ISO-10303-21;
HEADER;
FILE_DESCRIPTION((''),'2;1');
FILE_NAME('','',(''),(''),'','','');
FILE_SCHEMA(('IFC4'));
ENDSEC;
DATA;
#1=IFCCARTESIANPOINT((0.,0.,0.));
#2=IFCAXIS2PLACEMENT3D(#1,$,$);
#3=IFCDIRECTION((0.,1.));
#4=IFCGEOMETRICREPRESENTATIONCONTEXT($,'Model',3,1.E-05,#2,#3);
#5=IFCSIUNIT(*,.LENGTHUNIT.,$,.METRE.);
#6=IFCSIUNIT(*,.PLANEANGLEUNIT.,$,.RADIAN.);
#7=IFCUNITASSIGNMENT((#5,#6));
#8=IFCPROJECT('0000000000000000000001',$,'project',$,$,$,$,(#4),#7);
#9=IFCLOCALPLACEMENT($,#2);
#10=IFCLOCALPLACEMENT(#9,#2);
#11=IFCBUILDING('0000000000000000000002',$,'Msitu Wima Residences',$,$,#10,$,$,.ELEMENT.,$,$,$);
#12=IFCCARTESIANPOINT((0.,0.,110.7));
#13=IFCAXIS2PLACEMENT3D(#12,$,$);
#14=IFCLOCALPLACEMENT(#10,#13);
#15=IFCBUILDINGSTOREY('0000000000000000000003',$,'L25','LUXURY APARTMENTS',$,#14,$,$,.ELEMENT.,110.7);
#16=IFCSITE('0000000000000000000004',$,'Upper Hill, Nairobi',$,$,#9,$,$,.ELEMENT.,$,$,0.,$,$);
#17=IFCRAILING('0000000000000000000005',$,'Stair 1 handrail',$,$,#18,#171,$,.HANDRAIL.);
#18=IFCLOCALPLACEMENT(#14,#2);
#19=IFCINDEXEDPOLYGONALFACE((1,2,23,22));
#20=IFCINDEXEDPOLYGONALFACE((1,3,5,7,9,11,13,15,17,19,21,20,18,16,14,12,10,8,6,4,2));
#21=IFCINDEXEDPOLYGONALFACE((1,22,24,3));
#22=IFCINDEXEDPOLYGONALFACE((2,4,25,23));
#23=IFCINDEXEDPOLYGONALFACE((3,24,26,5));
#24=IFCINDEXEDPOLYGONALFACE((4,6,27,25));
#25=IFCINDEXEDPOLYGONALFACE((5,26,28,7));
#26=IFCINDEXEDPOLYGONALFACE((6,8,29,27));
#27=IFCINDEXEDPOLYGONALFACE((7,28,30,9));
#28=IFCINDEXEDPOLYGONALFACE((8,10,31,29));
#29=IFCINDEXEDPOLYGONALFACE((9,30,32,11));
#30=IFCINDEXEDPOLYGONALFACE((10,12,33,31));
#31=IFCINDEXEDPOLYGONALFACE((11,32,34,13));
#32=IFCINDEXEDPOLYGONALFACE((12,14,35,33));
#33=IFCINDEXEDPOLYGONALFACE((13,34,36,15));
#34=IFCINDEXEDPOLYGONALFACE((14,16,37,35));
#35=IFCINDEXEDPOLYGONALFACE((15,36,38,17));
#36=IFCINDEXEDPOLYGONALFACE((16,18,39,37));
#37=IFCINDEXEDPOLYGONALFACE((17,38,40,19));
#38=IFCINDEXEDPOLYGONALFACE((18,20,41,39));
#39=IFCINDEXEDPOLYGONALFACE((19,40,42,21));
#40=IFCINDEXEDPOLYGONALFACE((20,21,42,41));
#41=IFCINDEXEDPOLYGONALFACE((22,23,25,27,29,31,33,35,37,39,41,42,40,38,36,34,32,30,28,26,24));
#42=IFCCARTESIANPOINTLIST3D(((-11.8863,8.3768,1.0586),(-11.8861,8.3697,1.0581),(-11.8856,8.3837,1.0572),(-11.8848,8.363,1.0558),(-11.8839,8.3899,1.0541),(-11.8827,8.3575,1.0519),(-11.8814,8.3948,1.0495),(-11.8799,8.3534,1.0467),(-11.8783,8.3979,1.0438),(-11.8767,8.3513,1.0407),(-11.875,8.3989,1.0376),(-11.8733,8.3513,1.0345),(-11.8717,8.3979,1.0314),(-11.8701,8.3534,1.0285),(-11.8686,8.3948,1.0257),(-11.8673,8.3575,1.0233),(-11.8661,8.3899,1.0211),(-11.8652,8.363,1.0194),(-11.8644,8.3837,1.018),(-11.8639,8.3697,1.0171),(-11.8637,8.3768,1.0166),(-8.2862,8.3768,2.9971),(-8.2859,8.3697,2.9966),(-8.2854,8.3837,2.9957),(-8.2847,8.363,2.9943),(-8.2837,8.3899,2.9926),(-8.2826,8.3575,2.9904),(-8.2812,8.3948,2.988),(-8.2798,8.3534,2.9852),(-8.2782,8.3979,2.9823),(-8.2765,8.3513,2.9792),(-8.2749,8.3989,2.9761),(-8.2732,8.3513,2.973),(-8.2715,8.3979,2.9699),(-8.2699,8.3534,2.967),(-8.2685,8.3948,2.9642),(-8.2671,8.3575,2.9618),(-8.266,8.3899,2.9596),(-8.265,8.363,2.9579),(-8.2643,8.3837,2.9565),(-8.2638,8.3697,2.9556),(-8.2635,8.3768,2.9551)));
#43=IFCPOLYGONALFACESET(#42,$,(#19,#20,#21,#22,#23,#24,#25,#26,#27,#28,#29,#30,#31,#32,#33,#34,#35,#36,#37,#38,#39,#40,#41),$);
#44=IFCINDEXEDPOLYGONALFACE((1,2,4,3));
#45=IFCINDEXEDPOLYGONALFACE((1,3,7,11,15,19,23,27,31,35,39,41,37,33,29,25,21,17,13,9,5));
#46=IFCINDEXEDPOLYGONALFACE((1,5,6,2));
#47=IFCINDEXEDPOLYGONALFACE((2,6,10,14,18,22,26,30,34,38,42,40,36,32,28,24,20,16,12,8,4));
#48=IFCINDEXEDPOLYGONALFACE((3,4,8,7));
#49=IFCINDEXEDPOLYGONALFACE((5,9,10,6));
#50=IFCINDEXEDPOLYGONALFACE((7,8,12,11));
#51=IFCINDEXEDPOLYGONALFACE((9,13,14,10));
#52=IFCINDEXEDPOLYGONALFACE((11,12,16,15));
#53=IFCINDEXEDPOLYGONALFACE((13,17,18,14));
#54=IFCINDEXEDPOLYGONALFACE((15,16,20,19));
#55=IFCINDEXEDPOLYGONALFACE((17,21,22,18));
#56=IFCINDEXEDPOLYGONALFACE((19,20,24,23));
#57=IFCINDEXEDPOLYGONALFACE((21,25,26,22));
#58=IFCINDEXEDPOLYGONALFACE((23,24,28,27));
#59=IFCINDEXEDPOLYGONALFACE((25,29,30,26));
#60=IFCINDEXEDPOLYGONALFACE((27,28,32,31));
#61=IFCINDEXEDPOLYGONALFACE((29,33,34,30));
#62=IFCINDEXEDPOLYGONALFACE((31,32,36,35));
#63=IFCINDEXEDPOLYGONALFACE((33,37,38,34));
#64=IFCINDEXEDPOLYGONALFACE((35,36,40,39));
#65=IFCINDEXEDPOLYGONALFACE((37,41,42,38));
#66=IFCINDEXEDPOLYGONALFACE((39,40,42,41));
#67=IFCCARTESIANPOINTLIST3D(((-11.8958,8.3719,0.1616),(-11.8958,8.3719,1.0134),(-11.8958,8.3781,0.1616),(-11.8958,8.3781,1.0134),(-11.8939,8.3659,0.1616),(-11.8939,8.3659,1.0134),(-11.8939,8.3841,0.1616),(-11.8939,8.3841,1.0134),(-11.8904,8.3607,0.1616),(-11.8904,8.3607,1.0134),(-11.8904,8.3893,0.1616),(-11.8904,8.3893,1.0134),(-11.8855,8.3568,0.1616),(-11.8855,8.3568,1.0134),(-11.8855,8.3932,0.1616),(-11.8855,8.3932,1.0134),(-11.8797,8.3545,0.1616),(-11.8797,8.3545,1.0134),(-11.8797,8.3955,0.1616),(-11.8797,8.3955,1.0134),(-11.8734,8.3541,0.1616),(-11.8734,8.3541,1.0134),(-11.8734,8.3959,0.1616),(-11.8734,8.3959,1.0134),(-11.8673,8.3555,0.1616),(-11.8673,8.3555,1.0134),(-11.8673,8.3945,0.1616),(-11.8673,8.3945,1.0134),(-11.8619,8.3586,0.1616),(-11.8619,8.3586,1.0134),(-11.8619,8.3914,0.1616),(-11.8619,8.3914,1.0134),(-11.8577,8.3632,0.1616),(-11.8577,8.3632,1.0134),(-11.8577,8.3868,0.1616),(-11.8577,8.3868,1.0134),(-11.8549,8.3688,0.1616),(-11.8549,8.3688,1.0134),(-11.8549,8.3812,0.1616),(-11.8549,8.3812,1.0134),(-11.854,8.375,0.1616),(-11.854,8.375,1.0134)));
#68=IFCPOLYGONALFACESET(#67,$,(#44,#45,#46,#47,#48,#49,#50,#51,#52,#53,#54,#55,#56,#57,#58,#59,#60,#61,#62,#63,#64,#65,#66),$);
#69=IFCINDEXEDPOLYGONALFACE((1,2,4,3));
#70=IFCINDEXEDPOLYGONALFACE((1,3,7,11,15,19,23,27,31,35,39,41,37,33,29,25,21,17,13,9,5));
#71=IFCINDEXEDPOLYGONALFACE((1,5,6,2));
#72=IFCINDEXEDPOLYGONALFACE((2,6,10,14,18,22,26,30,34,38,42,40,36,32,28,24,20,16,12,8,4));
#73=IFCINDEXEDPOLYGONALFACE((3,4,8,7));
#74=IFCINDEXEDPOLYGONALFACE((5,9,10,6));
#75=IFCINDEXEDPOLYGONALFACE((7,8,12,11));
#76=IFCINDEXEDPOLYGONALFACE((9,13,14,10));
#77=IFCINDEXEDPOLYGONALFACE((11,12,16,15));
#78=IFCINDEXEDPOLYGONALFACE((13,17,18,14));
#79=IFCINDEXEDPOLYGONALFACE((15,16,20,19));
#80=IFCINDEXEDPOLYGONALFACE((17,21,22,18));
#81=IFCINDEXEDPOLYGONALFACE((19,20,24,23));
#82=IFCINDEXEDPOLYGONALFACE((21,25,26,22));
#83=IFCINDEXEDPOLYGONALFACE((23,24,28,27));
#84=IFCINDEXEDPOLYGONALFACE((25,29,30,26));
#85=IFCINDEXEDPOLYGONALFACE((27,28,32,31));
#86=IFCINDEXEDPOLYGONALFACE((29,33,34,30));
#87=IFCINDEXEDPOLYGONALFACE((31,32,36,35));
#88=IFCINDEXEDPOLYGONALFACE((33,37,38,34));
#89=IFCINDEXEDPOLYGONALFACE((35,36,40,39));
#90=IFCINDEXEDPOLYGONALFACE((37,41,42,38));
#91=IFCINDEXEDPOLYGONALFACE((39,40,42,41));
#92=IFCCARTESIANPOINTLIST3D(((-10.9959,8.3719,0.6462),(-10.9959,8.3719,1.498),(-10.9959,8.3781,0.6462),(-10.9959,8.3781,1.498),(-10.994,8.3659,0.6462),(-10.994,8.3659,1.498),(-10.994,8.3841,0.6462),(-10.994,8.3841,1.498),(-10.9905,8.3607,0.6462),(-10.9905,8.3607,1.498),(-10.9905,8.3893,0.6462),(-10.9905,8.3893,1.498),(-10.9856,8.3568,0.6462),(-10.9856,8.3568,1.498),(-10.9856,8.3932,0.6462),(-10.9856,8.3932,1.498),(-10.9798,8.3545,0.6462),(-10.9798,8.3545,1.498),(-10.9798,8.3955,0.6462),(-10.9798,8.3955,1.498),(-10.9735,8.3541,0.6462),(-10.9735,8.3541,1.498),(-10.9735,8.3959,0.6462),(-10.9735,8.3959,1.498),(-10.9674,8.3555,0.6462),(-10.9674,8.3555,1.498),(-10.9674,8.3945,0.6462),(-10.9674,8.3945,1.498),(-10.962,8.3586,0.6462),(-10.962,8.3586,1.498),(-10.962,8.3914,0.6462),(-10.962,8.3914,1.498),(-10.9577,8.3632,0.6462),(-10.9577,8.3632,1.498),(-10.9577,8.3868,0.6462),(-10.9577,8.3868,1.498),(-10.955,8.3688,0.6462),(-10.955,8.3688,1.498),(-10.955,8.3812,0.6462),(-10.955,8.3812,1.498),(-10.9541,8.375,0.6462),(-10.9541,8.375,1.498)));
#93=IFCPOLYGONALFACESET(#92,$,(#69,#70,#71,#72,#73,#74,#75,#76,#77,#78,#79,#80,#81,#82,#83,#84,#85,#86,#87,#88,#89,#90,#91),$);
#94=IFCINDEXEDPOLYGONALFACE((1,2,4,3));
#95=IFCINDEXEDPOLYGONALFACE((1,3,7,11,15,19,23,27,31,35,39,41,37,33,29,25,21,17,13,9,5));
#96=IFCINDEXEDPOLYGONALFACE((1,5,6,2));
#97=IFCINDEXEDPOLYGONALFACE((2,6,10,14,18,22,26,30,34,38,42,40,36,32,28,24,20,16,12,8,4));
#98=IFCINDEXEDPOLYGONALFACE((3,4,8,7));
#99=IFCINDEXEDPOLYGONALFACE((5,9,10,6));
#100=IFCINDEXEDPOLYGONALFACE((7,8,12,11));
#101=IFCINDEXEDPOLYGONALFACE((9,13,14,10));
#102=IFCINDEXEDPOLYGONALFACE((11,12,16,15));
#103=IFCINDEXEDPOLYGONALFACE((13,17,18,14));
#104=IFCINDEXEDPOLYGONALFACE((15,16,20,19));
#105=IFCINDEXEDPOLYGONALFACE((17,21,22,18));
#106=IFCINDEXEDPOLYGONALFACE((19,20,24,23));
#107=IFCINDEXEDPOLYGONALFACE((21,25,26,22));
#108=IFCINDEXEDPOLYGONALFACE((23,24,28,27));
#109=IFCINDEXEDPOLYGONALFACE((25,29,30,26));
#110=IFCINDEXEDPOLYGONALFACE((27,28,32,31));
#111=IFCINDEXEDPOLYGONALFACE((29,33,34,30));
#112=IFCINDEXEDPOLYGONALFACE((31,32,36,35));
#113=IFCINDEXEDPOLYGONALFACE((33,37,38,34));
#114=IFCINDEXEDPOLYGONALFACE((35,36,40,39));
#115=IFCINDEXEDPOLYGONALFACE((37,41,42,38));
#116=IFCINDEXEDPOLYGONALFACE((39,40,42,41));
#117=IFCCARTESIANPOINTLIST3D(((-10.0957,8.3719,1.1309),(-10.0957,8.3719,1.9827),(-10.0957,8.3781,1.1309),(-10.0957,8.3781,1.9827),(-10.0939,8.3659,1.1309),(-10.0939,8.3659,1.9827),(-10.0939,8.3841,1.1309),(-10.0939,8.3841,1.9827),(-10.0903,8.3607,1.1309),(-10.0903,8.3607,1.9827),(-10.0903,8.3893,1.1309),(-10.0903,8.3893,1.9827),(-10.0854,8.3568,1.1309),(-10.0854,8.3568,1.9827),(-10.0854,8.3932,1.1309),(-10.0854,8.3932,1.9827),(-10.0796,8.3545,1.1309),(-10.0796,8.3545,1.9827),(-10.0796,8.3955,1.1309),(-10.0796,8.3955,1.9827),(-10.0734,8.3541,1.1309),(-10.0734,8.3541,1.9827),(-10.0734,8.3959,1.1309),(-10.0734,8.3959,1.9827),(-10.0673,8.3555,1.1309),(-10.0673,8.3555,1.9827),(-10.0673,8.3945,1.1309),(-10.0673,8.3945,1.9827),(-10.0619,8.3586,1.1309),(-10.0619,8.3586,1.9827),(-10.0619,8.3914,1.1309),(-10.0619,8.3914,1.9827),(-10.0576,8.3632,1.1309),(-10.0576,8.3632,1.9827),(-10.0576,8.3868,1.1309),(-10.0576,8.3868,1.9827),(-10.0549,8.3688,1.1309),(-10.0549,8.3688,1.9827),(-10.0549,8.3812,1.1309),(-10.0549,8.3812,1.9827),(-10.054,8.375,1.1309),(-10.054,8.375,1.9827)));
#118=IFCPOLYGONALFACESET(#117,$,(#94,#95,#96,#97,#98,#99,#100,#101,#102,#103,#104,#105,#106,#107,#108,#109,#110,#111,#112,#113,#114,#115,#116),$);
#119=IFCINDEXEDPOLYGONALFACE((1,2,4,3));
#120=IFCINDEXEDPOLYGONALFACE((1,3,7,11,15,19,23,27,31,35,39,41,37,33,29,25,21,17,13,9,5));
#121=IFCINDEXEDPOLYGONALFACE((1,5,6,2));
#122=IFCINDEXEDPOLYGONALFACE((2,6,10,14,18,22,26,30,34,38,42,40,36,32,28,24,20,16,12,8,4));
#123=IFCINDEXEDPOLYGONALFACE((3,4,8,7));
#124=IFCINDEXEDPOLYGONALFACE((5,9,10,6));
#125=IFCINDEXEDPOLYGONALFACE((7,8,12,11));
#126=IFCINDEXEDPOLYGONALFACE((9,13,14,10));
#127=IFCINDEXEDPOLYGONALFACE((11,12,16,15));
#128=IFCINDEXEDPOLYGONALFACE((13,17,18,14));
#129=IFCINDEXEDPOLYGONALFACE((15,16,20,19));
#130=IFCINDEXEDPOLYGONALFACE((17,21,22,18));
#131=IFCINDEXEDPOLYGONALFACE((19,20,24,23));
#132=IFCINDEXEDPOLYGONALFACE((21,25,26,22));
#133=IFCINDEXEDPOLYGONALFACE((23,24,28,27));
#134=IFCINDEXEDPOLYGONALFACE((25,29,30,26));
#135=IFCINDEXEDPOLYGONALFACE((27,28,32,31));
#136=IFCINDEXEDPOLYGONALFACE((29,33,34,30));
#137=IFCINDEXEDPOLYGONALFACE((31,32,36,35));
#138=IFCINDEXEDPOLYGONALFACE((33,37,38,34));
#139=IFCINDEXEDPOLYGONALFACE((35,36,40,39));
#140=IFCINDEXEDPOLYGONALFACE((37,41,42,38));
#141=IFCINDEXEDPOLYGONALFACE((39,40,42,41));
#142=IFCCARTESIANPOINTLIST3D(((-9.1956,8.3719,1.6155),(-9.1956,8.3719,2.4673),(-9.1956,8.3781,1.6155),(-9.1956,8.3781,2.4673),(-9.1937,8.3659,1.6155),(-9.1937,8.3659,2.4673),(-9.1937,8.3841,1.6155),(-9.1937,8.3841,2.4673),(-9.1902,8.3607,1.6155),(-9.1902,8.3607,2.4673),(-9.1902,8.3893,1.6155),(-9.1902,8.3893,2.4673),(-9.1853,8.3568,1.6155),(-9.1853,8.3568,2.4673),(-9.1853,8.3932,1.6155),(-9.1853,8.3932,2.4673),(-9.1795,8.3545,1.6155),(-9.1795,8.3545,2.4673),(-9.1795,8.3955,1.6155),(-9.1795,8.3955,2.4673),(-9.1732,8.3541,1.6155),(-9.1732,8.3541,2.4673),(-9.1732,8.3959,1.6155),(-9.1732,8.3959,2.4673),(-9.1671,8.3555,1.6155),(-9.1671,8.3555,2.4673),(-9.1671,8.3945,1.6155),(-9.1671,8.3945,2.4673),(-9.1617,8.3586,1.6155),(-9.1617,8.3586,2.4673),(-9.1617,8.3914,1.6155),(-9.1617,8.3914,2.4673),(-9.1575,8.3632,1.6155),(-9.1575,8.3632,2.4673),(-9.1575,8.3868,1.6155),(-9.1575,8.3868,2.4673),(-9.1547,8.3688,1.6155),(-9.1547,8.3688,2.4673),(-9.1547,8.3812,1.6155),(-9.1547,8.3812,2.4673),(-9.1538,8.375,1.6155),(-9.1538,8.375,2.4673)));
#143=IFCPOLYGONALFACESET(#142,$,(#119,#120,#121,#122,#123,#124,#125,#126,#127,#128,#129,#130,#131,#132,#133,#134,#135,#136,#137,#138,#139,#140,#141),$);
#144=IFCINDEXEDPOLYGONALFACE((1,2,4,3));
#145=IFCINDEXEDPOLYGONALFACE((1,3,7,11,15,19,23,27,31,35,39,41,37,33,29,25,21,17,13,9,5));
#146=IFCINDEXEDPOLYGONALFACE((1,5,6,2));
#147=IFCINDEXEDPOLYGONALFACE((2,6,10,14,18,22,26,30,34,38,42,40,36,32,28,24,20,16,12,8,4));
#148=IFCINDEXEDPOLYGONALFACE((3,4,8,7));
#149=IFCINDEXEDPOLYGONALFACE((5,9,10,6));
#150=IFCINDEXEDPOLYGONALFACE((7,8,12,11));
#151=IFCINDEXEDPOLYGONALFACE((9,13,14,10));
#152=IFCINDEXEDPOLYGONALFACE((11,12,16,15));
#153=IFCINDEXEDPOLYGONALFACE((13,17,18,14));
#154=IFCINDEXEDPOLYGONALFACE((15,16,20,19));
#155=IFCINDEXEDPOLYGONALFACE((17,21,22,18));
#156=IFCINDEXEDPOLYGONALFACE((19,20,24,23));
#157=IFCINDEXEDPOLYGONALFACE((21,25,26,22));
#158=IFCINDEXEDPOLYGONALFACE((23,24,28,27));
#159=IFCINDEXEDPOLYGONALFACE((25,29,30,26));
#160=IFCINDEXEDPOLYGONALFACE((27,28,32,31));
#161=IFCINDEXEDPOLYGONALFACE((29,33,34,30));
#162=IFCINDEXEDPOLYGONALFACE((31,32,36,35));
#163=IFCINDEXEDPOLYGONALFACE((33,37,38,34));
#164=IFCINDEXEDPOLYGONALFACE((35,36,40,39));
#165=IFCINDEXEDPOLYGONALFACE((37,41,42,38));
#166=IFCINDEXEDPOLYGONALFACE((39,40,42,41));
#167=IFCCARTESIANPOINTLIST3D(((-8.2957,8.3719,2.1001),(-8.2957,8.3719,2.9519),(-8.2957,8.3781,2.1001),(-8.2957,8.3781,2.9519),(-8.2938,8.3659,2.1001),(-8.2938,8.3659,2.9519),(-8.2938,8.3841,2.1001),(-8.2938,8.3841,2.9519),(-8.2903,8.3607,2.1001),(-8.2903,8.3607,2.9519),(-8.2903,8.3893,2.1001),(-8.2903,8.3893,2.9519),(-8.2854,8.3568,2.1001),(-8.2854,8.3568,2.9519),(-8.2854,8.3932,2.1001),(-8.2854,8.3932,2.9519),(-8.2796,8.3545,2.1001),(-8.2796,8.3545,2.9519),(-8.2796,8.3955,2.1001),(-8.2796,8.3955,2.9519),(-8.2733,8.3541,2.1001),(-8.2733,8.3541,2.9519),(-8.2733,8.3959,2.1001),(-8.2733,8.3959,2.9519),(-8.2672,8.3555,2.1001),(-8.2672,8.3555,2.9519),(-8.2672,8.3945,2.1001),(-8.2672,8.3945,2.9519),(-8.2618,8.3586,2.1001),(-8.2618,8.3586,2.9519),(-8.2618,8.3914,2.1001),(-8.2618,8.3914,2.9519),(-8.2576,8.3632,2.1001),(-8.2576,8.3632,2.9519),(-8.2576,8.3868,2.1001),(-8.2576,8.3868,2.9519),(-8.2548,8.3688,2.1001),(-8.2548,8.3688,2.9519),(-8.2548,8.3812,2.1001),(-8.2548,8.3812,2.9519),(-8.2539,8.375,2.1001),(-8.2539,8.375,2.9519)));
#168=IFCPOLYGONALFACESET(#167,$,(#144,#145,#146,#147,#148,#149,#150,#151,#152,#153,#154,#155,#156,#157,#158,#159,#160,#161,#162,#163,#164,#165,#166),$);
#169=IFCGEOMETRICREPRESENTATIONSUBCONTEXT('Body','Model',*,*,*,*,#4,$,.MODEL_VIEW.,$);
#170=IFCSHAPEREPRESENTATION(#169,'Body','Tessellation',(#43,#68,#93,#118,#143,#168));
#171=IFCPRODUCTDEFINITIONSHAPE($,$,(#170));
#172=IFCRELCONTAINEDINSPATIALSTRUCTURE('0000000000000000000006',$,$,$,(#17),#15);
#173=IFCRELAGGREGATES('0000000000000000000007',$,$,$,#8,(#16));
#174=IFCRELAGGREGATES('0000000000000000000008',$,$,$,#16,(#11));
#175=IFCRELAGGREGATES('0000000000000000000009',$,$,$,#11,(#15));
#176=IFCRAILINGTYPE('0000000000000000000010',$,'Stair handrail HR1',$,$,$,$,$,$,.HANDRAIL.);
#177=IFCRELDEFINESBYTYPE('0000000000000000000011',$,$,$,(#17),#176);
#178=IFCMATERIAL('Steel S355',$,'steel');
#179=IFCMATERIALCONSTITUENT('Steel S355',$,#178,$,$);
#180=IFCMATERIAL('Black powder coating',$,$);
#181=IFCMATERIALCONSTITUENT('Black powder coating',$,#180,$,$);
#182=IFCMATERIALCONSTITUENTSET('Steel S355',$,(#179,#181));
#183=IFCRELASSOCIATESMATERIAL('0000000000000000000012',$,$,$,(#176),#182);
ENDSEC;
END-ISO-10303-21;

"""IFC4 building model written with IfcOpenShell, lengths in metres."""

from ifc_helpers import new_model, si_unit, direction, frame, origin, origin_2d, place, context, subcontext, project, spatial, circle, extrude, material, constituent, constituent_set, type_object, element, save


model = new_model("IFC4")

# Units and contexts
model_context = context("Model", 3, precision=1e-05, world=origin(), true_north=direction((0.0, 1.0)))
body_context = subcontext(model_context, "Body", "Model", "MODEL_VIEW")
ifc_project = project(units=[si_unit("LENGTHUNIT", "METRE"), si_unit("PLANEANGLEUNIT", "RADIAN")], contexts=[model_context])

# Site, building, storey
site_placement = place(None, origin())
site = spatial("IfcSite", under=ifc_project, at=site_placement, Name="Upper Hill, Nairobi", CompositionType="ELEMENT", RefElevation=0.0)
building_placement = place(site_placement, origin())
building = spatial("IfcBuilding", under=site, at=building_placement, Name="Msitu Wima Residences", CompositionType="ELEMENT")
storey_placement = place(building_placement, frame((0.0, 0.0, 110.7)))
storey = spatial("IfcBuildingStorey", under=building, at=storey_placement, Name="L25", Description="LUXURY APARTMENTS", CompositionType="ELEMENT", Elevation=110.7)

# Railing
ifc_material_1 = material(Name="Steel S355", Category="steel")
ifc_constituent_1 = constituent(ifc_material_1, Name="Steel S355")
ifc_material_2 = material(Name="Black powder coating")
ifc_constituent_2 = constituent(ifc_material_2, Name="Black powder coating")
ifc_constituent_set = constituent_set(constituents=[ifc_constituent_1, ifc_constituent_2], Name="Steel S355")
railing_type = type_object("IfcRailingType", Name="Stair handrail HR1", PredefinedType="HANDRAIL", material=ifc_constituent_set)
for number, where, name in (
    (1, (-11.875, 8.375, 0.1616), "Stair 1 handrail"),
):
    element("IfcRailing", number, at=place(storey_placement, frame(where)), inside=storey, type_object=railing_type, Name=name, PredefinedType="HANDRAIL", context=body_context, shape_type="SweptSolid", body=[
        extrude(circle(Radius=0.0239, at=origin_2d()), frame((0.0, 0.0, 0.876), z_axis=(0.880475, 0.0, 0.474093), x_axis=(0.0, 1.0, 0.0)), (0.0, 0.0, 1.0), 4.0889),
        extrude(circle(Radius=0.021, at=origin_2d()), origin(), (0.0, 0.0, 1.0), 0.8518),
        extrude(circle(Radius=0.021, at=origin_2d()), frame((0.8999, 0.0, 0.4846)), (0.0, 0.0, 1.0), 0.8518),
        extrude(circle(Radius=0.021, at=origin_2d()), frame((1.8, 0.0, 0.9692)), (0.0, 0.0, 1.0), 0.8518),
        extrude(circle(Radius=0.021, at=origin_2d()), frame((2.7002, 0.0, 1.4539)), (0.0, 0.0, 1.0), 0.8518),
        extrude(circle(Radius=0.021, at=origin_2d()), frame((3.6001, 0.0, 1.9385)), (0.0, 0.0, 1.0), 0.8518),
    ])

save(model, "model.ifc")
